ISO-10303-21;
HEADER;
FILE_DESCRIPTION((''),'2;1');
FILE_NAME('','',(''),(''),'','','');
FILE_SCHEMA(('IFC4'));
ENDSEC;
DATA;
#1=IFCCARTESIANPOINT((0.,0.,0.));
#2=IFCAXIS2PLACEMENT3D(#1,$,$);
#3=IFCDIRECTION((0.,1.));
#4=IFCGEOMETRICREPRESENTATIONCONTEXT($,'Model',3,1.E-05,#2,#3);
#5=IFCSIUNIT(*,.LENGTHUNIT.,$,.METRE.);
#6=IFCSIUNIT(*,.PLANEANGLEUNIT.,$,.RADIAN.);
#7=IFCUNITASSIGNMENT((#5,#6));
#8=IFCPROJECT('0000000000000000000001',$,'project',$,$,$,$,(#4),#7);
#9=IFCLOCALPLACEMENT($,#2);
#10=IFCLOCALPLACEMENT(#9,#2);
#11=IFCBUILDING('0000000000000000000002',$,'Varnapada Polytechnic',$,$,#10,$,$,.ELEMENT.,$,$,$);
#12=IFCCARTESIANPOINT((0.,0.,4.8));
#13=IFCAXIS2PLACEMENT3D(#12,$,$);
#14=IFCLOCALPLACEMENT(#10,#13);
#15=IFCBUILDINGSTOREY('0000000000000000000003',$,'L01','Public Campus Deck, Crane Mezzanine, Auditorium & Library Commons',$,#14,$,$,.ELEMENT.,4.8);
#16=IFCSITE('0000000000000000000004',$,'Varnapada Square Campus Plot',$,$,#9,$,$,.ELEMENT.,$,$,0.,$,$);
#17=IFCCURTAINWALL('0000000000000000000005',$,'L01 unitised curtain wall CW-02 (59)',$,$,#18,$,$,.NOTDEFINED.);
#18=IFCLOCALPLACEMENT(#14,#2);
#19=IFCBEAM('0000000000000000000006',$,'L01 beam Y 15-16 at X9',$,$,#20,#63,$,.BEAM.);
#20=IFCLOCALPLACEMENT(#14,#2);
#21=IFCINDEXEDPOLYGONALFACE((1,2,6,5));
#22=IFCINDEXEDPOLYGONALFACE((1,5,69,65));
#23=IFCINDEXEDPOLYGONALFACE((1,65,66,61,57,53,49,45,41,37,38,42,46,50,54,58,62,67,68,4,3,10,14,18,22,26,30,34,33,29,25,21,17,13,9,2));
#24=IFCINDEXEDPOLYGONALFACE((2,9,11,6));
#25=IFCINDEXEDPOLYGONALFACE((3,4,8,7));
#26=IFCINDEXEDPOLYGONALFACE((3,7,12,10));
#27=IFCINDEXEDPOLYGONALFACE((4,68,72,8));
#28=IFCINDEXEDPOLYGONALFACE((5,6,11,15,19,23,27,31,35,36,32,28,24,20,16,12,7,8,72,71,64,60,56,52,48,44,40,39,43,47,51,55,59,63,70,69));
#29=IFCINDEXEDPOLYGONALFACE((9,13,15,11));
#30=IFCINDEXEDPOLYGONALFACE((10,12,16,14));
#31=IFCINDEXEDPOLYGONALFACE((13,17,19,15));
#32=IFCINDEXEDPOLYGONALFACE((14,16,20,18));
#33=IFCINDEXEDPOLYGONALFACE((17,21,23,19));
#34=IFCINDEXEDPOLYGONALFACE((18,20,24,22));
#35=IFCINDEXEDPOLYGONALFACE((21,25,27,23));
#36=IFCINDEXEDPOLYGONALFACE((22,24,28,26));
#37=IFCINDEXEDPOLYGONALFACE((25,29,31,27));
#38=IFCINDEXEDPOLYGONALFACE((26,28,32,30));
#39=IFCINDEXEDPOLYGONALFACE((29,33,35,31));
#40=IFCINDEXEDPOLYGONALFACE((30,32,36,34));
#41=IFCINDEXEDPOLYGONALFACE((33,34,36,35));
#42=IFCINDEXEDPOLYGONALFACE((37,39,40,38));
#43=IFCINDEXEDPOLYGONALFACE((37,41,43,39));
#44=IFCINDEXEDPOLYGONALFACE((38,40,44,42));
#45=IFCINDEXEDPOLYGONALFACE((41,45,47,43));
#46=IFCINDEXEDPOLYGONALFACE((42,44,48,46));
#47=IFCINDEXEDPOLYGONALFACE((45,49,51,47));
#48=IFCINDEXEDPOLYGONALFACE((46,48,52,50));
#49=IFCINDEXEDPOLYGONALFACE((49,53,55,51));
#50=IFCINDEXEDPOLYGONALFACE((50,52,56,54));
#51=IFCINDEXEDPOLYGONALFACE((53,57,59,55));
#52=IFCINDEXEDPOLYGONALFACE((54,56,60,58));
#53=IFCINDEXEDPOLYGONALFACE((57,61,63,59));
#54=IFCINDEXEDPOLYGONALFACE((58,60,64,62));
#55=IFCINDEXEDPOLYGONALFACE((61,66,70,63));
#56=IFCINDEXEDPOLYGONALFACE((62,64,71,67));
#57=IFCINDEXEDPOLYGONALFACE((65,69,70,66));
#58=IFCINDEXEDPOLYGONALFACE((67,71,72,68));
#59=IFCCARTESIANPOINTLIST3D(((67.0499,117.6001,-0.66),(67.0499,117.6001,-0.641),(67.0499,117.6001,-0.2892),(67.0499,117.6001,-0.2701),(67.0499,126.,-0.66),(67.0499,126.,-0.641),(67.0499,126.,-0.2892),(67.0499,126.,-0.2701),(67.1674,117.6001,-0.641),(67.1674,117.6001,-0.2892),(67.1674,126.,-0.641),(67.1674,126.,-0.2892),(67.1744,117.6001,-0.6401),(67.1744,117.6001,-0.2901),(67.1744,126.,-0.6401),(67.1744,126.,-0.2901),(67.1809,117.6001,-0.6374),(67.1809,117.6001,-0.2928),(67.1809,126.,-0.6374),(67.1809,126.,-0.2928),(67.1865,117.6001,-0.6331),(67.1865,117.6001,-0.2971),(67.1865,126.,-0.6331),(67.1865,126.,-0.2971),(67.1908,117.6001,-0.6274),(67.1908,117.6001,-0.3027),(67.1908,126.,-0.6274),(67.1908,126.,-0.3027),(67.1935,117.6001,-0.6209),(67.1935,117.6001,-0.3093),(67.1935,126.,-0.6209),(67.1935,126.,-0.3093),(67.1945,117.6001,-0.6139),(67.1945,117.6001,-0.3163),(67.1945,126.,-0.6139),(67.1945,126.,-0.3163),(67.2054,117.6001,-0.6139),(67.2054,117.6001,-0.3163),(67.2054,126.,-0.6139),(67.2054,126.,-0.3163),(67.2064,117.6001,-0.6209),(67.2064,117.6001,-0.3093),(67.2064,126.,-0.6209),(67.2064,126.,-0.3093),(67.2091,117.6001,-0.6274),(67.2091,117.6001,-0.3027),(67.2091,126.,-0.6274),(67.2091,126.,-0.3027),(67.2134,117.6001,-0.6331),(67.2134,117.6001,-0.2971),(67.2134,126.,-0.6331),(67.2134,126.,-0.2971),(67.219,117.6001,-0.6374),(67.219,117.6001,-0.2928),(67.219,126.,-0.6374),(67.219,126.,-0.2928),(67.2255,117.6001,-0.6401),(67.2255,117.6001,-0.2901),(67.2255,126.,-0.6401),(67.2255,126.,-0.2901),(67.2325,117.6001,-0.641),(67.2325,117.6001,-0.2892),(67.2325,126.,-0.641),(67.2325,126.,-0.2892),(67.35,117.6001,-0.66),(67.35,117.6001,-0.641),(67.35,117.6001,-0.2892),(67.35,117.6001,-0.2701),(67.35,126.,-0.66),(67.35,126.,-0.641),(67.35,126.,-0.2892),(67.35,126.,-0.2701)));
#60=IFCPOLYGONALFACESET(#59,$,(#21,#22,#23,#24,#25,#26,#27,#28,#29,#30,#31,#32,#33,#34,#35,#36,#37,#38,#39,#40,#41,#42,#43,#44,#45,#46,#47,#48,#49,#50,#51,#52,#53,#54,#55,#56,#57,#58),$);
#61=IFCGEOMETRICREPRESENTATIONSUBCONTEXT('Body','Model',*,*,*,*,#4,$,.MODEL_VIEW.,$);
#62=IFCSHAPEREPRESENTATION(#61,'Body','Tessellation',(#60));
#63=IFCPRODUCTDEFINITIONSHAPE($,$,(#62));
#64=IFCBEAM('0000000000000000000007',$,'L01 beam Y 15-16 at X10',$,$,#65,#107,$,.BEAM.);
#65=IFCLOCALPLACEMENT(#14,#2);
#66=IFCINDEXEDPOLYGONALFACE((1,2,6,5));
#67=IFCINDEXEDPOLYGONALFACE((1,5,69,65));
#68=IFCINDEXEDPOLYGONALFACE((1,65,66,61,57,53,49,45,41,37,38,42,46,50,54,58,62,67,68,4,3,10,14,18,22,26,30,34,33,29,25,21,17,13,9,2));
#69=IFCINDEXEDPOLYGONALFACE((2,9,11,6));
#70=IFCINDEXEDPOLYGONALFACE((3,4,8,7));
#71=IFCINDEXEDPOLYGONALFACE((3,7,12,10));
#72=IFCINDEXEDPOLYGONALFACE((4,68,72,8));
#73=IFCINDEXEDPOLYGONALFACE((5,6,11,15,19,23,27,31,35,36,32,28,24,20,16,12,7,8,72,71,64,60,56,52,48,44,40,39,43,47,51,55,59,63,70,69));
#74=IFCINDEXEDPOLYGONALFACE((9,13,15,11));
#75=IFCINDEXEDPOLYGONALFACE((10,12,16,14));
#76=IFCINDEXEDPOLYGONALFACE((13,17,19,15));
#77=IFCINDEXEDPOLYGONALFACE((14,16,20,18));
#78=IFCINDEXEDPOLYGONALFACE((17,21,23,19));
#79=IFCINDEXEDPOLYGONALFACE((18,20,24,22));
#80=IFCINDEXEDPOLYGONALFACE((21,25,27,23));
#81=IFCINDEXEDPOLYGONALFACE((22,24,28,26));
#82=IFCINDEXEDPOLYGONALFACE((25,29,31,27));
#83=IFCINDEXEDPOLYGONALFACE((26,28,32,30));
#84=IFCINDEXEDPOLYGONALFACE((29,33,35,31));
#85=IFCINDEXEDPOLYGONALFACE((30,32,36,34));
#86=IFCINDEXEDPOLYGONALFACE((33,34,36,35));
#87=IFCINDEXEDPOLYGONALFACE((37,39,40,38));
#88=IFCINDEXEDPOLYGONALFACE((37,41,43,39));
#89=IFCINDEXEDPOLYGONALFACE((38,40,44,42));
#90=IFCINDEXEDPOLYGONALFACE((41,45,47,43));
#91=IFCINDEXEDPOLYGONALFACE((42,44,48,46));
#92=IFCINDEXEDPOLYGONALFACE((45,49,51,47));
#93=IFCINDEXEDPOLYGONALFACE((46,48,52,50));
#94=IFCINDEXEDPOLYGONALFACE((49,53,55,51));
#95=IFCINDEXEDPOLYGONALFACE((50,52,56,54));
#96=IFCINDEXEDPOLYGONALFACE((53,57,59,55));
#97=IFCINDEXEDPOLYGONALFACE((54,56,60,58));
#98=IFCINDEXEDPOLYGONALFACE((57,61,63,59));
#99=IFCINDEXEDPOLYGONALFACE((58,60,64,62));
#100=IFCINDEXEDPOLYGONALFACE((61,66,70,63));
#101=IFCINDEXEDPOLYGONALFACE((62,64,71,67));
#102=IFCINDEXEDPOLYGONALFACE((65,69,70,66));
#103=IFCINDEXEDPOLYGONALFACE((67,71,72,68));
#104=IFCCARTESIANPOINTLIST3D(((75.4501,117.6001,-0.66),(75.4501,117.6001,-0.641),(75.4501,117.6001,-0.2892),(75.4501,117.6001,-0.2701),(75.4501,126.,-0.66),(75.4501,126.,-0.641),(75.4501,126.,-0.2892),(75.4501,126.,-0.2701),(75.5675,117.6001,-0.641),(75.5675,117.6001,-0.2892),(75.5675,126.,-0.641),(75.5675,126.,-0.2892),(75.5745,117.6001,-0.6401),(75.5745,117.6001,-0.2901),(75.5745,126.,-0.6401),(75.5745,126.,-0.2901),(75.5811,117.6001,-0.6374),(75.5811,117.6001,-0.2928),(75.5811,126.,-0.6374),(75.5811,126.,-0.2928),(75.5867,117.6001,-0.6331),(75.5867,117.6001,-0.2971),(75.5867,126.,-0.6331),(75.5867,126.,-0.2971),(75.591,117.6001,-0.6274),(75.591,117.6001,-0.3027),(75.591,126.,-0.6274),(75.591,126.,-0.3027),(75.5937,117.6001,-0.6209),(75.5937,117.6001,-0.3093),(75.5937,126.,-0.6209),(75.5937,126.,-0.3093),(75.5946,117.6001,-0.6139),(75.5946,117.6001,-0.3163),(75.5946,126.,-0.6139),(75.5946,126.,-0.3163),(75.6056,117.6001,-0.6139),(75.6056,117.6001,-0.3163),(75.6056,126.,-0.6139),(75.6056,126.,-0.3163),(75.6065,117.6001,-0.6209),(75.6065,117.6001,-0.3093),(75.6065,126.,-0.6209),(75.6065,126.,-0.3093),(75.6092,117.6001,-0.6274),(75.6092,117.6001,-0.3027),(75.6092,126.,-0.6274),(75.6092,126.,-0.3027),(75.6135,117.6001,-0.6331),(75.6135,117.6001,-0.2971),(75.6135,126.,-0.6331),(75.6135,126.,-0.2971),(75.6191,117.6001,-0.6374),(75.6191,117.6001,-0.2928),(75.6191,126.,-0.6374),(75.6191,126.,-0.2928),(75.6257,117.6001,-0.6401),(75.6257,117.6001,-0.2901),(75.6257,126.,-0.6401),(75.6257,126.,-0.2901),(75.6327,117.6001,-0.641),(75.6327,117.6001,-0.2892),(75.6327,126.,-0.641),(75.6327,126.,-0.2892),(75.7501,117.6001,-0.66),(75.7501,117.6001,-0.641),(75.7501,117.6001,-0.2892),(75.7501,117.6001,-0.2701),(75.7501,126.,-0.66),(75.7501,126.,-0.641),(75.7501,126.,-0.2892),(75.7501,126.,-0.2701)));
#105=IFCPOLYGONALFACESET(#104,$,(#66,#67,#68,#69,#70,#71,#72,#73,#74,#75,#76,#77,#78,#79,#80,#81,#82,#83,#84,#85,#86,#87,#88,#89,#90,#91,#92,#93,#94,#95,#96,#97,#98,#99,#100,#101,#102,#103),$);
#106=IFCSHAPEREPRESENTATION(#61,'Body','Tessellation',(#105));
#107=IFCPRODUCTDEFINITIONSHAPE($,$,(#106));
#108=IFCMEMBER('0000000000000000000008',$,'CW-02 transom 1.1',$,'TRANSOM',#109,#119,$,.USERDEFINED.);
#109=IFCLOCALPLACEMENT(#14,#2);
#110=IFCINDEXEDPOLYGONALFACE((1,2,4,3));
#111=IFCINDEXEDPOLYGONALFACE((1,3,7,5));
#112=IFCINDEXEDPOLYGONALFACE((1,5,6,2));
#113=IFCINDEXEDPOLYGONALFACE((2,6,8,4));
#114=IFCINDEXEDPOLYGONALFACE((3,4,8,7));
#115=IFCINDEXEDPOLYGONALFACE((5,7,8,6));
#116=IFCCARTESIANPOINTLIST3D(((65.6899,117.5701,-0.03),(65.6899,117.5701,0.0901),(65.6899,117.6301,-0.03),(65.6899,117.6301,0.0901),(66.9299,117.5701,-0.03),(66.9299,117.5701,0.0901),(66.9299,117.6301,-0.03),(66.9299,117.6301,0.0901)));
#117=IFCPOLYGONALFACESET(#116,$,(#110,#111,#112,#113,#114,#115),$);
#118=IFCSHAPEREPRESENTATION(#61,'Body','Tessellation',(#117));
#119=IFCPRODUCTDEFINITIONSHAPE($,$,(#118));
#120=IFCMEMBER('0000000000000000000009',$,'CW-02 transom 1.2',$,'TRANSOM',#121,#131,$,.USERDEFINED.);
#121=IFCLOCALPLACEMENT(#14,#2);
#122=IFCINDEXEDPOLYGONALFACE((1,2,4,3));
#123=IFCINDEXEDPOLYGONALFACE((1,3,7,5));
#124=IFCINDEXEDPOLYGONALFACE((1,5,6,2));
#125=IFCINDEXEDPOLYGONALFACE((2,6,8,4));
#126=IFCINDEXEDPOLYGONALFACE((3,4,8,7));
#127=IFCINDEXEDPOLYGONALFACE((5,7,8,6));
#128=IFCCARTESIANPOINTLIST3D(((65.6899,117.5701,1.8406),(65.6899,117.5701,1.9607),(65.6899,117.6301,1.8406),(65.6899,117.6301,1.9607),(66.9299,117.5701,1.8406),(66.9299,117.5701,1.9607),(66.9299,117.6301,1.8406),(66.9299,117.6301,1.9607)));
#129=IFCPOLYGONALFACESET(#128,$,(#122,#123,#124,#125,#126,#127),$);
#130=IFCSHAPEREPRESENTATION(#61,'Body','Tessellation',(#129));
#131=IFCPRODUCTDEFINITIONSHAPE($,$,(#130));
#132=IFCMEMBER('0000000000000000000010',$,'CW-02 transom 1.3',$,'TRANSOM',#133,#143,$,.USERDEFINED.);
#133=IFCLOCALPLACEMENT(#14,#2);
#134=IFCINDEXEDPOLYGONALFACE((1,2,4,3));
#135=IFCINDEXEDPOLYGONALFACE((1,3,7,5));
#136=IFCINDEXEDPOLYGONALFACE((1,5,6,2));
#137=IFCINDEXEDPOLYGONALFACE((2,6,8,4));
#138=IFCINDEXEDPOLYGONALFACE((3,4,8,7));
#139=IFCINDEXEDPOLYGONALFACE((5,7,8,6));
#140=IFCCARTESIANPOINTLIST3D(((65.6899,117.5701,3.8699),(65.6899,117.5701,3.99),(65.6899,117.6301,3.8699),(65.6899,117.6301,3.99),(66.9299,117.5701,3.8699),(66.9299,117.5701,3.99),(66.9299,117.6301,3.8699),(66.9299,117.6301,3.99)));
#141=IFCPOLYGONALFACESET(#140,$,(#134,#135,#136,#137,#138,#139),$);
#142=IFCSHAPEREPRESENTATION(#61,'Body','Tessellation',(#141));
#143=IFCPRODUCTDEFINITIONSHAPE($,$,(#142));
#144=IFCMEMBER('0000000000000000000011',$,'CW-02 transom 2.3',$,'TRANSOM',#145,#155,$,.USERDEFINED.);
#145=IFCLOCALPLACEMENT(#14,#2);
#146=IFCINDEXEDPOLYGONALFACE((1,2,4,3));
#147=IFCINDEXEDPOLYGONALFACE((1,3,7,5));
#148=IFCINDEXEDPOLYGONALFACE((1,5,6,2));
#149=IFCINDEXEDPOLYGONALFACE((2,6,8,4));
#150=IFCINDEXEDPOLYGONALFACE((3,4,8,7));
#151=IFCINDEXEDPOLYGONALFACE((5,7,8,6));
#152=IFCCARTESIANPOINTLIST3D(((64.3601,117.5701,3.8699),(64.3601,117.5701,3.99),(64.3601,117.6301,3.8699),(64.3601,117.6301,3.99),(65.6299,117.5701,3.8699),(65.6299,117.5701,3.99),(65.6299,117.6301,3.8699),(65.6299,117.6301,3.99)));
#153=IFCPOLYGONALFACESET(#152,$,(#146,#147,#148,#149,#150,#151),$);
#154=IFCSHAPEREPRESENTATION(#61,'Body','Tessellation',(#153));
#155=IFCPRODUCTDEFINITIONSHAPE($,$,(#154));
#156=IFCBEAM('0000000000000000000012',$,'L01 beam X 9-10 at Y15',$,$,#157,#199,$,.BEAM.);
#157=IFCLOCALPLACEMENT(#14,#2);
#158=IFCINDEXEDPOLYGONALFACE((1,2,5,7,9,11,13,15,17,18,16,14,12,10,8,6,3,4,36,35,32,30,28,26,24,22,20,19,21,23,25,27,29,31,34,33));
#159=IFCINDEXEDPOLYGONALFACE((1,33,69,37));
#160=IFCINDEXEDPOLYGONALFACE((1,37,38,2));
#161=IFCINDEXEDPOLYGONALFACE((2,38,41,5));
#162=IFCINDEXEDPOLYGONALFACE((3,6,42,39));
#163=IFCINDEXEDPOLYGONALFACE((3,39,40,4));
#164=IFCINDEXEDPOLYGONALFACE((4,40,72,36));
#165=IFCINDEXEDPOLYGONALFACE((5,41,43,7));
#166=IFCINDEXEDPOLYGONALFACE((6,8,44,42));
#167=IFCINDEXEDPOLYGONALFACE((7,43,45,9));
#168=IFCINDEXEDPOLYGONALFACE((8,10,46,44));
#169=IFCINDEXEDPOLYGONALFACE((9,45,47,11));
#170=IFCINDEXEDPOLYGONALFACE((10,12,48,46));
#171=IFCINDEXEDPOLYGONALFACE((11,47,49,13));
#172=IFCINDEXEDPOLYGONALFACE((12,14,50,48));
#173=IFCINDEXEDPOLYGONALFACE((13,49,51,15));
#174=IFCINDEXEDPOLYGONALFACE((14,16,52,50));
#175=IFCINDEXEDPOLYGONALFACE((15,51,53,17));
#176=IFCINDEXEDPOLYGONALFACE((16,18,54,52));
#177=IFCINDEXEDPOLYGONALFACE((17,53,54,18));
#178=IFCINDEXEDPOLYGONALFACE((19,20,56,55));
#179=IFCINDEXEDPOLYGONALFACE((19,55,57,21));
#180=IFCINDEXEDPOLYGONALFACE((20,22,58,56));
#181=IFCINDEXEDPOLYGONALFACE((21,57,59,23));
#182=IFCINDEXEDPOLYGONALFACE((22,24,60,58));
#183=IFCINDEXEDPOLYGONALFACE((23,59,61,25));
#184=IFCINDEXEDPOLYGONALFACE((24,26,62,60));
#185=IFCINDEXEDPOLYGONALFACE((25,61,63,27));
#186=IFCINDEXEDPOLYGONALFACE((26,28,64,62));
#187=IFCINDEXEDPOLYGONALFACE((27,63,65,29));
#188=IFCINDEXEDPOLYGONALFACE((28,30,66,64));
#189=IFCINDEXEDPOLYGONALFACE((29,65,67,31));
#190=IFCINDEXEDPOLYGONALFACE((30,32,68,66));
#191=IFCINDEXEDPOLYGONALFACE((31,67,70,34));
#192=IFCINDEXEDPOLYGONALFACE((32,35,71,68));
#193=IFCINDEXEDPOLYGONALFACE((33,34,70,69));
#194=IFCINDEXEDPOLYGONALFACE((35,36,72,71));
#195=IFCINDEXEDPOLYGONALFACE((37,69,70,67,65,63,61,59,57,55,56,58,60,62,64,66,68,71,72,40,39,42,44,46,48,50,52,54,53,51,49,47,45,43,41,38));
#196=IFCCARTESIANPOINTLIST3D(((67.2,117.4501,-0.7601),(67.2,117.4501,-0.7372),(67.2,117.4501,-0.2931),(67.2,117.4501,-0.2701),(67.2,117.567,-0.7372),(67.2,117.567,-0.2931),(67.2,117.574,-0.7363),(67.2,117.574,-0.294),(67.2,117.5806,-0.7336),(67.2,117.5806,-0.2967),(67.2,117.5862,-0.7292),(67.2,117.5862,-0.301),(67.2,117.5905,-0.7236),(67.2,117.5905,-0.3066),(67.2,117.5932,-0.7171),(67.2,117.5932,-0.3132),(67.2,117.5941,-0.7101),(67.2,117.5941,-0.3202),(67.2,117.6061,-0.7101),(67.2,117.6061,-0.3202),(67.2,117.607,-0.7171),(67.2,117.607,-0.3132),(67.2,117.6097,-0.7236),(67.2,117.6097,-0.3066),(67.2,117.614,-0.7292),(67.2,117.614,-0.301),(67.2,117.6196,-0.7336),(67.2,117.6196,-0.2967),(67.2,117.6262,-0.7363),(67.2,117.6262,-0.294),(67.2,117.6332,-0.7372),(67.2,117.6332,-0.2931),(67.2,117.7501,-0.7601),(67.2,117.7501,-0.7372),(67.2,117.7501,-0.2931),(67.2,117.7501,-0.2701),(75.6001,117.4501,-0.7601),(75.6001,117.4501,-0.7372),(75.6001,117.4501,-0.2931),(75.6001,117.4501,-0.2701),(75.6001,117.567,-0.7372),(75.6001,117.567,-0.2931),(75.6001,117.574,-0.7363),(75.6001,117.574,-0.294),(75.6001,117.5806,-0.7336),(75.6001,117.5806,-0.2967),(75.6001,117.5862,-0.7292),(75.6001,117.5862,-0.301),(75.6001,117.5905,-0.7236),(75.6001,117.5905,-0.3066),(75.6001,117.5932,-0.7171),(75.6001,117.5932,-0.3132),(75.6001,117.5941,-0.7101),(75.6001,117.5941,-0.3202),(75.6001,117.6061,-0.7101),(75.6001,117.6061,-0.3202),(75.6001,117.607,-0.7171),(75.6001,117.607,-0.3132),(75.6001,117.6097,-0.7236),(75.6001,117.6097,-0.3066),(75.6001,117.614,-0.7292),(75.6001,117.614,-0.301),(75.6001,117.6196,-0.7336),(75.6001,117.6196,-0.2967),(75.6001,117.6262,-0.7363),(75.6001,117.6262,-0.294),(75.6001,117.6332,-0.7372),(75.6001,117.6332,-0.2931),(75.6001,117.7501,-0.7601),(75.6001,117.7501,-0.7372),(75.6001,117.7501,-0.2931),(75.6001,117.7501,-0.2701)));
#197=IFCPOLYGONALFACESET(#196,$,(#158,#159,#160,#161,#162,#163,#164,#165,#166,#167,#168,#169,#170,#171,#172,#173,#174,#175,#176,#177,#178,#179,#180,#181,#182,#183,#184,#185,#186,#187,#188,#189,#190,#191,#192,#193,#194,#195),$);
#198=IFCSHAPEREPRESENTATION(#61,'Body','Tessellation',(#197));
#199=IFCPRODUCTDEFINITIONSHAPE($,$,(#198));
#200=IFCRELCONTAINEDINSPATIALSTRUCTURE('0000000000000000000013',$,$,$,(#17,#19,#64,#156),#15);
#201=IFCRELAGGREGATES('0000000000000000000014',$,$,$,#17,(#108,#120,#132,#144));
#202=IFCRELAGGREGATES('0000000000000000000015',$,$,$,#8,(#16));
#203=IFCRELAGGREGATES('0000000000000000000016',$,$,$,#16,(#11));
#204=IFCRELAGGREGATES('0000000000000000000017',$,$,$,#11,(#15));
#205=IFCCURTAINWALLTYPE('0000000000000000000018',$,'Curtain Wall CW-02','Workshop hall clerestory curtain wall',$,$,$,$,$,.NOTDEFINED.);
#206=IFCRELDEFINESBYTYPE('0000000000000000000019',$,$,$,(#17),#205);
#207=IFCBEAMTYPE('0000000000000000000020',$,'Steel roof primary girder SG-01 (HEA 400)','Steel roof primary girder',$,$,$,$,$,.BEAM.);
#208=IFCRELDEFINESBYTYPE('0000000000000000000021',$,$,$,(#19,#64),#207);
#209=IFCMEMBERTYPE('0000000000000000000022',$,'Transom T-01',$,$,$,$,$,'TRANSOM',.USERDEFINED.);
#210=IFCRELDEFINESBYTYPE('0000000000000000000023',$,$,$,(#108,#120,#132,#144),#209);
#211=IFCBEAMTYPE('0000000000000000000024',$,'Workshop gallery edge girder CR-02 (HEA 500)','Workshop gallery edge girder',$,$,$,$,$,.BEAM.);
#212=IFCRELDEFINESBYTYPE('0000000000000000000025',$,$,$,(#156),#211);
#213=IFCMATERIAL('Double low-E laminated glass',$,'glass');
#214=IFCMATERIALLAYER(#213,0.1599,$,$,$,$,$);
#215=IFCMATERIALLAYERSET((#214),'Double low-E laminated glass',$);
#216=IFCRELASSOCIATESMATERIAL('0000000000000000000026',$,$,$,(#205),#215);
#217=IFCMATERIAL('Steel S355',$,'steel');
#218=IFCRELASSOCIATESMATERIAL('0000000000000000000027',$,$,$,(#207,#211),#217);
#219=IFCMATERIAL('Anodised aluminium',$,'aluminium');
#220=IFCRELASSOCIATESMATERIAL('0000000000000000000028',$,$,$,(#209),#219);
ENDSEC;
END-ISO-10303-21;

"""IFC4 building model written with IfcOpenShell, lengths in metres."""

from ifc_helpers import new_model, si_unit, direction, frame, origin, origin_2d, place, context, subcontext, project, spatial, rectangle, i_section, extrude, material, layer, layer_set, material_profile, profile_set, type_object, element, aggregate, save


model = new_model("IFC4")

# Units and contexts
model_context = context("Model", 3, precision=1e-05, world=origin(), true_north=direction((0.0, 1.0)))
body_context = subcontext(model_context, "Body", "Model", "MODEL_VIEW")
ifc_project = project(units=[si_unit("LENGTHUNIT", "METRE"), si_unit("PLANEANGLEUNIT", "RADIAN")], contexts=[model_context])

# Site, building, storey
site_placement = place(None, origin())
site = spatial("IfcSite", under=ifc_project, at=site_placement, Name="Varnapada Square Campus Plot", CompositionType="ELEMENT", RefElevation=0.0)
building_placement = place(site_placement, origin())
building = spatial("IfcBuilding", under=site, at=building_placement, Name="Varnapada Polytechnic", CompositionType="ELEMENT")
storey_placement = place(building_placement, frame((0.0, 0.0, 4.8)))
storey = spatial("IfcBuildingStorey", under=building, at=storey_placement, Name="L01", Description="Public Campus Deck, Crane Mezzanine, Auditorium & Library Commons", CompositionType="ELEMENT", Elevation=4.8)

# Shared definitions
ifc_material_1 = material(Name="Steel S355", Category="steel")

# Curtain wall
ifc_material_2 = material(Name="Double low-E laminated glass", Category="glass")
ifc_layer_1 = layer(ifc_material_2, 0.1599)
ifc_layer_set_1 = layer_set([ifc_layer_1], Name="Double low-E laminated glass")
curtain_wall_type = type_object("IfcCurtainWallType", Name="Curtain Wall CW-02", Description="Workshop hall clerestory curtain wall", PredefinedType="NOTDEFINED", material=ifc_layer_set_1)
curtain_wall_1_placement = place(storey_placement, origin())
curtain_wall_1 = element("IfcCurtainWall", 1, at=curtain_wall_1_placement, inside=storey, type_object=curtain_wall_type, Name="L01 unitised curtain wall CW-02 (59)", PredefinedType="NOTDEFINED")
ifc_material_3 = material(Name="Anodised aluminium", Category="aluminium")

# Beams
ifc_material_profile_1 = material_profile(ifc_material_1, i_section(OverallWidth=0.3, OverallDepth=0.3899, WebThickness=0.011, FlangeThickness=0.019, FilletRadius=0.0271, at=origin_2d()), Name="HEA 400")
ifc_profile_set_1 = profile_set([ifc_material_profile_1], Name="Steel S355")
beam_type_1 = type_object("IfcBeamType", Name="Steel roof primary girder SG-01 (HEA 400)", Description="Steel roof primary girder", PredefinedType="BEAM", material=ifc_profile_set_1)
for number, where, z_axis, x_axis, name in (
    (2, (67.2, 117.6001, -0.4651), (0.0, 1.0, 0.0), (-1.0, 0.0, 0.0), "L01 beam Y 15-16 at X9"),
    (3, (75.6001, 117.6001, -0.4651), (0.0, 1.0, 0.0), (-1.0, 0.0, 0.0), "L01 beam Y 15-16 at X10"),
):
    element("IfcBeam", number, at=place(storey_placement, frame(where, z_axis=z_axis, x_axis=x_axis)), inside=storey, type_object=beam_type_1, Name=name, PredefinedType="BEAM", context=body_context, shape_type="SweptSolid", body=[
        extrude(i_section(OverallWidth=0.3, OverallDepth=0.3899, WebThickness=0.011, FlangeThickness=0.019, FilletRadius=0.0271, at=origin_2d()), origin(), (0.0, 0.0, 1.0), 8.3999),
    ])

# Members
ifc_material_profile_2 = material_profile(ifc_material_3, rectangle(XDim=0.0601, YDim=0.1201, at=origin_2d()), Name="ALU T60x120")
ifc_profile_set_2 = profile_set([ifc_material_profile_2], Name="Anodised aluminium")
member_type_1 = type_object("IfcMemberType", Name="Transom T-01", ElementType="TRANSOM", PredefinedType="USERDEFINED", material=ifc_profile_set_2)
member_1_placement = place(storey_placement, frame((66.9299, 117.6001, 0.03), z_axis=(-1.0, 0.0, 0.0), x_axis=(0.0, -1.0, 0.0)))
member_1 = element("IfcMember", 4, at=member_1_placement, type_object=member_type_1, Name="CW-02 transom 1.1", ObjectType="TRANSOM", PredefinedType="USERDEFINED", context=body_context, shape_type="SweptSolid", body=[
    extrude(rectangle(XDim=0.0601, YDim=0.1201, at=origin_2d()), origin(), (0.0, 0.0, 1.0), 1.24),
])
member_2_placement = place(storey_placement, frame((66.9299, 117.6001, 1.9006), z_axis=(-1.0, 0.0, 0.0), x_axis=(0.0, -1.0, 0.0)))
member_2 = element("IfcMember", 5, at=member_2_placement, type_object=member_type_1, Name="CW-02 transom 1.2", ObjectType="TRANSOM", PredefinedType="USERDEFINED", context=body_context, shape_type="SweptSolid", body=[
    extrude(rectangle(XDim=0.0601, YDim=0.1201, at=origin_2d()), origin(), (0.0, 0.0, 1.0), 1.24),
])
member_3_placement = place(storey_placement, frame((66.9299, 117.6001, 3.9299), z_axis=(-1.0, 0.0, 0.0), x_axis=(0.0, -1.0, 0.0)))
member_3 = element("IfcMember", 6, at=member_3_placement, type_object=member_type_1, Name="CW-02 transom 1.3", ObjectType="TRANSOM", PredefinedType="USERDEFINED", context=body_context, shape_type="SweptSolid", body=[
    extrude(rectangle(XDim=0.0601, YDim=0.1201, at=origin_2d()), origin(), (0.0, 0.0, 1.0), 1.24),
])
member_4_placement = place(storey_placement, frame((65.6299, 117.6001, 3.9299), z_axis=(-1.0, 0.0, 0.0), x_axis=(0.0, -1.0, 0.0)))
member_4 = element("IfcMember", 7, at=member_4_placement, type_object=member_type_1, Name="CW-02 transom 2.3", ObjectType="TRANSOM", PredefinedType="USERDEFINED", context=body_context, shape_type="SweptSolid", body=[
    extrude(rectangle(XDim=0.0601, YDim=0.1201, at=origin_2d()), origin(), (0.0, 0.0, 1.0), 1.2698),
])

# Beam
ifc_material_profile_3 = material_profile(ifc_material_1, i_section(OverallWidth=0.3, OverallDepth=0.49, WebThickness=0.012, FlangeThickness=0.0229, FilletRadius=0.0271, at=origin_2d()), Name="HEA 500")
ifc_profile_set_3 = profile_set([ifc_material_profile_3], Name="Steel S355")
beam_type_2 = type_object("IfcBeamType", Name="Workshop gallery edge girder CR-02 (HEA 500)", Description="Workshop gallery edge girder", PredefinedType="BEAM", material=ifc_profile_set_3)
beam_1_placement = place(storey_placement, frame((67.2, 117.6001, -0.5151), z_axis=(1.0, 0.0, 0.0), x_axis=(0.0, 1.0, 0.0)))
element("IfcBeam", 8, at=beam_1_placement, inside=storey, type_object=beam_type_2, Name="L01 beam X 9-10 at Y15", PredefinedType="BEAM", context=body_context, shape_type="SweptSolid", body=[
    extrude(i_section(OverallWidth=0.3, OverallDepth=0.49, WebThickness=0.012, FlangeThickness=0.0229, FilletRadius=0.0271, at=origin_2d()), origin(), (0.0, 0.0, 1.0), 8.4001),
])

aggregate(curtain_wall_1, [member_1, member_2, member_3, member_4])

save(model, "model.ifc")
